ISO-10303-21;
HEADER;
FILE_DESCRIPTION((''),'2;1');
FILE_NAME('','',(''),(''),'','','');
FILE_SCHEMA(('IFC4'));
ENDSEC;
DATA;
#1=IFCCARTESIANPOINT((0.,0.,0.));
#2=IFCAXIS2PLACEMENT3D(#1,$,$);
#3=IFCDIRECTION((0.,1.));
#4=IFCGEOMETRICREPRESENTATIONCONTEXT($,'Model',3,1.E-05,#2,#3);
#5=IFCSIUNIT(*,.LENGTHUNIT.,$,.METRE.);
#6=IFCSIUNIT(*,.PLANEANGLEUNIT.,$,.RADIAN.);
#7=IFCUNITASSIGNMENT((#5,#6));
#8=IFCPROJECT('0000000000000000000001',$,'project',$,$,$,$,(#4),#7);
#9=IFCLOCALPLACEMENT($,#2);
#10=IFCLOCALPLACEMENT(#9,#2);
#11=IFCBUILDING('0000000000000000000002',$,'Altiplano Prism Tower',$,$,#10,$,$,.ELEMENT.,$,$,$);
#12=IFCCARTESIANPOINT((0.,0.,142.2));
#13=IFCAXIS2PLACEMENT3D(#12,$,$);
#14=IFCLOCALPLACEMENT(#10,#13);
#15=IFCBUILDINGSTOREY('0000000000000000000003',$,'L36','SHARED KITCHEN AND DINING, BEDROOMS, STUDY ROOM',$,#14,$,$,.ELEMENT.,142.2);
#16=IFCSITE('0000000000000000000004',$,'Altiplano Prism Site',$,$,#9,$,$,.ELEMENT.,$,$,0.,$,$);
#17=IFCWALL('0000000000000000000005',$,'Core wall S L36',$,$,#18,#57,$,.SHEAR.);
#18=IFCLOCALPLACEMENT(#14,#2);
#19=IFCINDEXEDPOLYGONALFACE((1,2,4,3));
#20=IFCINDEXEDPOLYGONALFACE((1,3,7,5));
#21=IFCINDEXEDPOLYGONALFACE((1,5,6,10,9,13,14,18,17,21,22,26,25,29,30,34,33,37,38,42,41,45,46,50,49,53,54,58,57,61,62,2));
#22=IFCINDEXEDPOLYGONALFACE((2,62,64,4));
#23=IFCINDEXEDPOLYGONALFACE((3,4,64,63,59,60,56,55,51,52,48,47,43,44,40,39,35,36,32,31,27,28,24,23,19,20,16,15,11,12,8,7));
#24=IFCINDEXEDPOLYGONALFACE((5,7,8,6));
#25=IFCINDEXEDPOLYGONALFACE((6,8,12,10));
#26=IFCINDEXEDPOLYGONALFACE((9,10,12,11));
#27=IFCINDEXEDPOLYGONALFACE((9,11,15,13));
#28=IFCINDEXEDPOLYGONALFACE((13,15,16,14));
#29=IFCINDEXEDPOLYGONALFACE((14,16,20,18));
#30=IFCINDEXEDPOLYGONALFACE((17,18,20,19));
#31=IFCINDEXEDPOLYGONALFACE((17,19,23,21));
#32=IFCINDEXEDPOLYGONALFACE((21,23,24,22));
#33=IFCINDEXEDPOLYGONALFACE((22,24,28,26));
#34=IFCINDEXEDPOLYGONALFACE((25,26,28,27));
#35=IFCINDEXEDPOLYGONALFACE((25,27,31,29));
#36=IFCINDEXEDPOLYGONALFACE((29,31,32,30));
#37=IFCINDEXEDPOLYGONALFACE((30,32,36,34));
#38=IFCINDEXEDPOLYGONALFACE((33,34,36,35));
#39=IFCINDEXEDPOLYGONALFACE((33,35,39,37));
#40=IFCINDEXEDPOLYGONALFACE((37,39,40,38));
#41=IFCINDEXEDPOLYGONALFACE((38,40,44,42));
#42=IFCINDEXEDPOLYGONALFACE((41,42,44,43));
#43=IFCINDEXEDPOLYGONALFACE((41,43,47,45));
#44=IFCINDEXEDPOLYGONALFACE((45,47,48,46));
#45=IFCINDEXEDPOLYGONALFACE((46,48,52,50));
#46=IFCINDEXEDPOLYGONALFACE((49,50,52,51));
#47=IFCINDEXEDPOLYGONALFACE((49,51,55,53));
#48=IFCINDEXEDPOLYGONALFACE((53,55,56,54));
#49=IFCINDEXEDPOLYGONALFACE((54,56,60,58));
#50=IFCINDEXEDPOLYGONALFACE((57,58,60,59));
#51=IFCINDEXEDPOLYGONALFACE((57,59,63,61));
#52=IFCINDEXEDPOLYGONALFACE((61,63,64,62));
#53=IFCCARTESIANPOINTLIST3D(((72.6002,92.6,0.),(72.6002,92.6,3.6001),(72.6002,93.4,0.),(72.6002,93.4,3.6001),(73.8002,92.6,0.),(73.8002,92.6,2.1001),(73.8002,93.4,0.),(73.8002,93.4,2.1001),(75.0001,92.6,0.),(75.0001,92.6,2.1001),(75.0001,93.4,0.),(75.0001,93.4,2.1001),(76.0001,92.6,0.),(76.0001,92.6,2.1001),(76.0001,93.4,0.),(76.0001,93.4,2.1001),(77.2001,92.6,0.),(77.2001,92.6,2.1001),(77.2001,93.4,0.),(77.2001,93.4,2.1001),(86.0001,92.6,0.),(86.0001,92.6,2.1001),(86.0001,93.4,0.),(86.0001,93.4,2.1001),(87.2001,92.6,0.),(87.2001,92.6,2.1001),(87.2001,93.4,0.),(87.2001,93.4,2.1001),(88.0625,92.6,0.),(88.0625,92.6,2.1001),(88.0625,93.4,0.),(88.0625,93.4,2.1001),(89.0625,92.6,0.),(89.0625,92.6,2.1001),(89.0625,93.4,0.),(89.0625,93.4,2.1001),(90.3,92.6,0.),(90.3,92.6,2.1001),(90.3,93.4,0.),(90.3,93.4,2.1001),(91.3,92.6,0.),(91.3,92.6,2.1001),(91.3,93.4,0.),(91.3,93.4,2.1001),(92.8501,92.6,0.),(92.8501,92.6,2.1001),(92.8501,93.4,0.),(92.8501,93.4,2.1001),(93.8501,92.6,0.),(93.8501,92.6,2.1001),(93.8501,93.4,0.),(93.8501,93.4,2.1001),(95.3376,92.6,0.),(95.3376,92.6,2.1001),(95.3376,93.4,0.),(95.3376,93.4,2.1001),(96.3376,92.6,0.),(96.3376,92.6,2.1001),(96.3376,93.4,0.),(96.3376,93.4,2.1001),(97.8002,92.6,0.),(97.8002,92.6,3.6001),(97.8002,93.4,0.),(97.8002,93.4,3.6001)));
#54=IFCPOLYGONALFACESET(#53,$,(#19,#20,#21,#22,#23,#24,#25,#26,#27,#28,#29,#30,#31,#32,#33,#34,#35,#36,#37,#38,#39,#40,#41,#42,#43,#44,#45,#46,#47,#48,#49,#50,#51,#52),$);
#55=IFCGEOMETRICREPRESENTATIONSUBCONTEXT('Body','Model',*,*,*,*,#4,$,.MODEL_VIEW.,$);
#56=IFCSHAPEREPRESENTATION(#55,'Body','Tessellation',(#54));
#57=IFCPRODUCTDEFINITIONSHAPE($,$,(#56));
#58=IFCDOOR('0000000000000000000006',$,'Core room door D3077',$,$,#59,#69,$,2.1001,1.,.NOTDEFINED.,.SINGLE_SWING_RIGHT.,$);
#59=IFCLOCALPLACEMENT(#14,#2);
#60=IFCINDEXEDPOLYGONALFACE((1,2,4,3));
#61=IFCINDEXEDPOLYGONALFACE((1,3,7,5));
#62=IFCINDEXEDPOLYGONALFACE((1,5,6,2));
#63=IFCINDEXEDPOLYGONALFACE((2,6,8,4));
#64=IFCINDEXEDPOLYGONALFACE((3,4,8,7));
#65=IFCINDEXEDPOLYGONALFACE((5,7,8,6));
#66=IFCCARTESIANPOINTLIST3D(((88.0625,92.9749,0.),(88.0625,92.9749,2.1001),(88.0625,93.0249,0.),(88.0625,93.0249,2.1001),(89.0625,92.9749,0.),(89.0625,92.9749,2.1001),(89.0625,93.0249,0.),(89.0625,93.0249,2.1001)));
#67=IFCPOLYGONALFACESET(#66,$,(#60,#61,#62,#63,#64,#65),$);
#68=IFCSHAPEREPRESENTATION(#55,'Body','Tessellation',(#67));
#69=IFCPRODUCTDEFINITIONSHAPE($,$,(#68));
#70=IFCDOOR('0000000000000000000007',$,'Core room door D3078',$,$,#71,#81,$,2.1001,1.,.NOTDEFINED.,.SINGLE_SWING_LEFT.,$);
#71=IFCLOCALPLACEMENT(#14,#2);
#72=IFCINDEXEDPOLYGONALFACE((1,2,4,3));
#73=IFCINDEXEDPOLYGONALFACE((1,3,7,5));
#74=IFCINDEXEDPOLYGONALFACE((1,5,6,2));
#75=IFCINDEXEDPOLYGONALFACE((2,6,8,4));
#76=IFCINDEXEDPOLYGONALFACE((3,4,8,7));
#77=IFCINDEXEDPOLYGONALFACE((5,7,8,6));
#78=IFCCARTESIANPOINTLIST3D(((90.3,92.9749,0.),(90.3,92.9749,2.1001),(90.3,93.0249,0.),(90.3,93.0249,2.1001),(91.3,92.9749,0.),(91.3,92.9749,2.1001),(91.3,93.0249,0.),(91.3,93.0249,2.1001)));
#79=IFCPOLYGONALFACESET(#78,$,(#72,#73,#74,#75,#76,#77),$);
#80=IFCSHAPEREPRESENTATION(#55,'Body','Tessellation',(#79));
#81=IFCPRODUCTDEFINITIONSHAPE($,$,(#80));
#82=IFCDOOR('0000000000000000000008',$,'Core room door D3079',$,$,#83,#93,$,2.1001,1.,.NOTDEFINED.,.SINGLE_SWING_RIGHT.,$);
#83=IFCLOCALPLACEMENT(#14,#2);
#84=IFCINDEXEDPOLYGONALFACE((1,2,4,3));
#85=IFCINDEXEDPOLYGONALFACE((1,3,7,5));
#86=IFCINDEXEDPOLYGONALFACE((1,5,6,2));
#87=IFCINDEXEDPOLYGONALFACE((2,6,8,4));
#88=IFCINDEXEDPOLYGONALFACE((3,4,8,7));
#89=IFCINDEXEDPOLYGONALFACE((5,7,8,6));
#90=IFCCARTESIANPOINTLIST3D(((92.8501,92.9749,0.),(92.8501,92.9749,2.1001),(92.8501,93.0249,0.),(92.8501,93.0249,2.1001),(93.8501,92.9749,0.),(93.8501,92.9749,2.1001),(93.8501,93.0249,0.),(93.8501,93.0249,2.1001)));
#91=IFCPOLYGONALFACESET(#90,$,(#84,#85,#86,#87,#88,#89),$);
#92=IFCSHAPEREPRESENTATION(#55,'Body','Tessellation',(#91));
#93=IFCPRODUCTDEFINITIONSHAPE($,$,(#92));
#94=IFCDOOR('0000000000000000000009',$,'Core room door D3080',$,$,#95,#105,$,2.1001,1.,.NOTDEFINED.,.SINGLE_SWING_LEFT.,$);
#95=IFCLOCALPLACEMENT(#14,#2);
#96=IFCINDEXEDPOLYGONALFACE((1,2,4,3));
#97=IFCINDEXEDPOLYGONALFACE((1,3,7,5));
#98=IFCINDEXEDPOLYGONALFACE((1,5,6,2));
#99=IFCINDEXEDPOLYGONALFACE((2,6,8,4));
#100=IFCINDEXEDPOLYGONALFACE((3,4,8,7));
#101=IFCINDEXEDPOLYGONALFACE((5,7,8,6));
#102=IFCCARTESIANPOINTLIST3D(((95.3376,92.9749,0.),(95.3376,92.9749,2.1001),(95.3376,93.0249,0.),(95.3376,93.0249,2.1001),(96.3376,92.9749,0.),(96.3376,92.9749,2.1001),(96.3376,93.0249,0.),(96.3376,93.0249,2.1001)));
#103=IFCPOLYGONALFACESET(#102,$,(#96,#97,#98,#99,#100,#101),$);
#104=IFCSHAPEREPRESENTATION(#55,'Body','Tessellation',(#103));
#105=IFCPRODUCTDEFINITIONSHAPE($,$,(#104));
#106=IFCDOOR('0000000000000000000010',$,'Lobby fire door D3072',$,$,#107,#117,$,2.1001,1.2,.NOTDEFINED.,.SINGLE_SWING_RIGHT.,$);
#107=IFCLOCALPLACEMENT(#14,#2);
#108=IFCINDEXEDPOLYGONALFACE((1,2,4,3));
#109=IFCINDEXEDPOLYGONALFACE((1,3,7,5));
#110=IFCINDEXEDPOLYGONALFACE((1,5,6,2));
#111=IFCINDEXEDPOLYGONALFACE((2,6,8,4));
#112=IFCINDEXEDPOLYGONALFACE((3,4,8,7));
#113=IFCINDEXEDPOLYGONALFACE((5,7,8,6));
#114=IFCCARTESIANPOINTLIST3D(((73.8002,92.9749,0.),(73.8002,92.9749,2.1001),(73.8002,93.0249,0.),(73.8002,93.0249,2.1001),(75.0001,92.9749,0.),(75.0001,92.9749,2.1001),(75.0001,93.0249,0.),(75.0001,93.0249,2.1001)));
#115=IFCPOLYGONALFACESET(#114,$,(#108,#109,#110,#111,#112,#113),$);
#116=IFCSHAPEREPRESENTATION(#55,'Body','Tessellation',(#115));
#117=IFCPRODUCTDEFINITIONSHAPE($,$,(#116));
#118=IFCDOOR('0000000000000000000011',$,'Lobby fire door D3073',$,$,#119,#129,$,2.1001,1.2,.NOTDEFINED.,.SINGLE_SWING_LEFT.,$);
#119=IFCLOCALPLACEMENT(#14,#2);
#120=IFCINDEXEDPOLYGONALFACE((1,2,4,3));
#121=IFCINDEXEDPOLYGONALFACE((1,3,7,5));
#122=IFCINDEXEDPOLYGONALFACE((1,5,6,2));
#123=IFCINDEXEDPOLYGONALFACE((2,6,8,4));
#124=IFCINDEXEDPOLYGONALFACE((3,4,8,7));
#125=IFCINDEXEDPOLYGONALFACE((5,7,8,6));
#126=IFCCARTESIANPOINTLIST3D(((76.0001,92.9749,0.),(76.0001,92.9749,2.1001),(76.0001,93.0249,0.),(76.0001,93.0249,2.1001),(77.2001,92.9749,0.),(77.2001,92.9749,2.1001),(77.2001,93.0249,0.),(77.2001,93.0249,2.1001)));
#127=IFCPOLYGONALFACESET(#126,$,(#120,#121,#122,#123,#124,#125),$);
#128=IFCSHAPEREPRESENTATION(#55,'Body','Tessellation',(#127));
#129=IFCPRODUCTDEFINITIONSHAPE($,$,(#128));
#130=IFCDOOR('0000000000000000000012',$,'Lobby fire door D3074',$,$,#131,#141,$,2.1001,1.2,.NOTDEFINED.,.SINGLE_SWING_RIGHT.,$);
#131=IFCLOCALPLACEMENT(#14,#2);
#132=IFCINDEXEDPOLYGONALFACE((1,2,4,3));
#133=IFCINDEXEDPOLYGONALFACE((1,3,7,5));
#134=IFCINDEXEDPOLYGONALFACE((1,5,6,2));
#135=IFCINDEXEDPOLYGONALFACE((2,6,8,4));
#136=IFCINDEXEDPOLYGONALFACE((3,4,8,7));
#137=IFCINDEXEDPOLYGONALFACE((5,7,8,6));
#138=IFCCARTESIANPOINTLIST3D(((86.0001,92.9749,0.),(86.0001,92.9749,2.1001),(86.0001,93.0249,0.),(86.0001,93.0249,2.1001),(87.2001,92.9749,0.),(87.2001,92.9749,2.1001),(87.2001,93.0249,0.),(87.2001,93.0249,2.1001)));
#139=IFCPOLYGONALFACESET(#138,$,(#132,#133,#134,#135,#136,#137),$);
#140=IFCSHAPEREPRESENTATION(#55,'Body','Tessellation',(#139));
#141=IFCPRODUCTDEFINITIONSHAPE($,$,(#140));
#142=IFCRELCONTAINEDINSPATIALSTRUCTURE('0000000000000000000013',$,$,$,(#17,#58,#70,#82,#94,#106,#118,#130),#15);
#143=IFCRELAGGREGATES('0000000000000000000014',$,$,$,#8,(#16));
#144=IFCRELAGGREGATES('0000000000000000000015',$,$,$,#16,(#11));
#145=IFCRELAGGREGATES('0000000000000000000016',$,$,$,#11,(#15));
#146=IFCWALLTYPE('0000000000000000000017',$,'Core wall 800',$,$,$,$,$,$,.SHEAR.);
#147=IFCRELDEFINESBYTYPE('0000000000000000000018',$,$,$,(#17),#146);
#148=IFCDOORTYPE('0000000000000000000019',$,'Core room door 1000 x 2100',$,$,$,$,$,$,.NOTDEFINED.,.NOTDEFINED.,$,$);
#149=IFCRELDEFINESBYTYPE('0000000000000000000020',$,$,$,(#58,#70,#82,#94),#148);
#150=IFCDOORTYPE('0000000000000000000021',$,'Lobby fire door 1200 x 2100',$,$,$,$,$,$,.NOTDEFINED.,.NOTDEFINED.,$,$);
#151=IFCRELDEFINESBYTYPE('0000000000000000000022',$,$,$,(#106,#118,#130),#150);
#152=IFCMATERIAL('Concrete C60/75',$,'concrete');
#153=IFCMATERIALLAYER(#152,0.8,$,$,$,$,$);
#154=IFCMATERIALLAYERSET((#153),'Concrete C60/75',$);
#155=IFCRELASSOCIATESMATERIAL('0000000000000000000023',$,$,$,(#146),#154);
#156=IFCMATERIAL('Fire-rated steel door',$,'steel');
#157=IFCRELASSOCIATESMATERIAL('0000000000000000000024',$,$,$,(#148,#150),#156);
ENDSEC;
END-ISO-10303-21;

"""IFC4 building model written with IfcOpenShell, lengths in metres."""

from ifc_helpers import new_model, si_unit, direction, frame, frame_2d, origin, place, context, subcontext, project, spatial, rectangle, extrude, material, layer, layer_set, type_object, element, fill, save


model = new_model("IFC4")

# Units and contexts
model_context = context("Model", 3, precision=1e-05, world=origin(), true_north=direction((0.0, 1.0)))
body_context = subcontext(model_context, "Body", "Model", "MODEL_VIEW")
ifc_project = project(units=[si_unit("LENGTHUNIT", "METRE"), si_unit("PLANEANGLEUNIT", "RADIAN")], contexts=[model_context])

# Site, building, storey
site_placement = place(None, origin())
site = spatial("IfcSite", under=ifc_project, at=site_placement, Name="Altiplano Prism Site", CompositionType="ELEMENT", RefElevation=0.0)
building_placement = place(site_placement, origin())
building = spatial("IfcBuilding", under=site, at=building_placement, Name="Altiplano Prism Tower", CompositionType="ELEMENT")
storey_placement = place(building_placement, frame((0.0, 0.0, 142.2)))
storey = spatial("IfcBuildingStorey", under=building, at=storey_placement, Name="L36", Description="SHARED KITCHEN AND DINING, BEDROOMS, STUDY ROOM", CompositionType="ELEMENT", Elevation=142.2)

# Shared definitions
ifc_material_1 = material(Name="Concrete C60/75", Category="concrete")

# Wall, openings, doors
ifc_layer_1 = layer(ifc_material_1, 0.8)
ifc_layer_set_1 = layer_set([ifc_layer_1], Name="Concrete C60/75")
wall_type_1 = type_object("IfcWallType", Name="Core wall 800", PredefinedType="SHEAR", material=ifc_layer_set_1)
wall_1_placement = place(storey_placement, frame((72.6001, 93.0, 0.0), z_axis=(0.0, 0.0, 1.0), x_axis=(1.0, 0.0, 0.0)))
wall_1 = element("IfcWall", 1, at=wall_1_placement, inside=storey, type_object=wall_type_1, Name="Core wall S L36", PredefinedType="SHEAR", context=body_context, shape_type="SweptSolid", body=[
    extrude(rectangle(XDim=25.2, YDim=0.8, at=frame_2d((12.6001, 0.0))), origin(), (0.0, 0.0, 1.0), 3.6001),
])
opening_1_placement = place(wall_1_placement, frame((1.2, 0.0, 0.0)))
opening_1 = element("IfcOpeningElement", 2, at=opening_1_placement, cuts=wall_1, PredefinedType="OPENING", context=body_context, shape_type="SweptSolid", body=[
    extrude(rectangle(XDim=1.2, YDim=2.1001, at=frame_2d((0.6001, 1.05))), frame((0.0, 0.4106, 0.0), z_axis=(0.0, -1.0, 0.0), x_axis=(1.0, 0.0, 0.0)), (0.0, 0.0, 1.0), 0.821),
])
opening_2_placement = place(wall_1_placement, frame((3.3999, 0.0, 0.0)))
opening_2 = element("IfcOpeningElement", 3, at=opening_2_placement, cuts=wall_1, PredefinedType="OPENING", context=body_context, shape_type="SweptSolid", body=[
    extrude(rectangle(XDim=1.2, YDim=2.1001, at=frame_2d((0.6001, 1.05))), frame((0.0, 0.4106, 0.0), z_axis=(0.0, -1.0, 0.0), x_axis=(1.0, 0.0, 0.0)), (0.0, 0.0, 1.0), 0.821),
])
opening_3_placement = place(wall_1_placement, frame((13.3999, 0.0, 0.0)))
opening_3 = element("IfcOpeningElement", 4, at=opening_3_placement, cuts=wall_1, PredefinedType="OPENING", context=body_context, shape_type="SweptSolid", body=[
    extrude(rectangle(XDim=1.2, YDim=2.1001, at=frame_2d((0.6001, 1.05))), frame((0.0, 0.4106, 0.0), z_axis=(0.0, -1.0, 0.0), x_axis=(1.0, 0.0, 0.0)), (0.0, 0.0, 1.0), 0.821),
])
opening_4_placement = place(wall_1_placement, frame((15.4624, 0.0, 0.0)))
opening_4 = element("IfcOpeningElement", 5, at=opening_4_placement, cuts=wall_1, PredefinedType="OPENING", context=body_context, shape_type="SweptSolid", body=[
    extrude(rectangle(XDim=1.0, YDim=2.1001, at=frame_2d((0.5, 1.05))), frame((0.0, 0.4106, 0.0), z_axis=(0.0, -1.0, 0.0), x_axis=(1.0, 0.0, 0.0)), (0.0, 0.0, 1.0), 0.821),
])
opening_5_placement = place(wall_1_placement, frame((17.7, 0.0, 0.0)))
opening_5 = element("IfcOpeningElement", 6, at=opening_5_placement, cuts=wall_1, PredefinedType="OPENING", context=body_context, shape_type="SweptSolid", body=[
    extrude(rectangle(XDim=1.0, YDim=2.1001, at=frame_2d((0.5, 1.05))), frame((0.0, 0.4106, 0.0), z_axis=(0.0, -1.0, 0.0), x_axis=(1.0, 0.0, 0.0)), (0.0, 0.0, 1.0), 0.821),
])
opening_6_placement = place(wall_1_placement, frame((20.25, 0.0, 0.0)))
opening_6 = element("IfcOpeningElement", 7, at=opening_6_placement, cuts=wall_1, PredefinedType="OPENING", context=body_context, shape_type="SweptSolid", body=[
    extrude(rectangle(XDim=1.0, YDim=2.1001, at=frame_2d((0.5, 1.05))), frame((0.0, 0.4106, 0.0), z_axis=(0.0, -1.0, 0.0), x_axis=(1.0, 0.0, 0.0)), (0.0, 0.0, 1.0), 0.821),
])
opening_7_placement = place(wall_1_placement, frame((22.7375, 0.0, 0.0)))
opening_7 = element("IfcOpeningElement", 8, at=opening_7_placement, cuts=wall_1, PredefinedType="OPENING", context=body_context, shape_type="SweptSolid", body=[
    extrude(rectangle(XDim=1.0, YDim=2.1001, at=frame_2d((0.5, 1.05))), frame((0.0, 0.4106, 0.0), z_axis=(0.0, -1.0, 0.0), x_axis=(1.0, 0.0, 0.0)), (0.0, 0.0, 1.0), 0.821),
])
ifc_material_2 = material(Name="Fire-rated steel door", Category="steel")
door_type_1 = type_object("IfcDoorType", Name="Core room door 1000 x 2100", OperationType="NOTDEFINED", PredefinedType="NOTDEFINED", material=ifc_material_2)
door_1_placement = place(opening_4_placement, origin())
door_1 = element("IfcDoor", 9, at=door_1_placement, inside=storey, type_object=door_type_1, Name="Core room door D3077", OperationType="SINGLE_SWING_RIGHT", OverallHeight=2.1001, OverallWidth=1.0, PredefinedType="NOTDEFINED", context=body_context, shape_type="SweptSolid", body=[
    extrude(rectangle(XDim=1.0, YDim=2.1001, at=frame_2d((0.5, 1.05))), frame((0.0, 0.0249, 0.0), z_axis=(0.0, -1.0, 0.0), x_axis=(1.0, 0.0, 0.0)), (0.0, 0.0, 1.0), 0.05),
])
fill(opening_4, door_1)
door_2_placement = place(opening_5_placement, origin())
door_2 = element("IfcDoor", 10, at=door_2_placement, inside=storey, type_object=door_type_1, Name="Core room door D3078", OperationType="SINGLE_SWING_LEFT", OverallHeight=2.1001, OverallWidth=1.0, PredefinedType="NOTDEFINED", context=body_context, shape_type="SweptSolid", body=[
    extrude(rectangle(XDim=1.0, YDim=2.1001, at=frame_2d((0.5, 1.05))), frame((0.0, 0.0249, 0.0), z_axis=(0.0, -1.0, 0.0), x_axis=(1.0, 0.0, 0.0)), (0.0, 0.0, 1.0), 0.05),
])
fill(opening_5, door_2)
door_3_placement = place(opening_6_placement, origin())
door_3 = element("IfcDoor", 11, at=door_3_placement, inside=storey, type_object=door_type_1, Name="Core room door D3079", OperationType="SINGLE_SWING_RIGHT", OverallHeight=2.1001, OverallWidth=1.0, PredefinedType="NOTDEFINED", context=body_context, shape_type="SweptSolid", body=[
    extrude(rectangle(XDim=1.0, YDim=2.1001, at=frame_2d((0.5, 1.05))), frame((0.0, 0.0249, 0.0), z_axis=(0.0, -1.0, 0.0), x_axis=(1.0, 0.0, 0.0)), (0.0, 0.0, 1.0), 0.05),
])
fill(opening_6, door_3)
door_4_placement = place(opening_7_placement, origin())
door_4 = element("IfcDoor", 12, at=door_4_placement, inside=storey, type_object=door_type_1, Name="Core room door D3080", OperationType="SINGLE_SWING_LEFT", OverallHeight=2.1001, OverallWidth=1.0, PredefinedType="NOTDEFINED", context=body_context, shape_type="SweptSolid", body=[
    extrude(rectangle(XDim=1.0, YDim=2.1001, at=frame_2d((0.5, 1.05))), frame((0.0, 0.0249, 0.0), z_axis=(0.0, -1.0, 0.0), x_axis=(1.0, 0.0, 0.0)), (0.0, 0.0, 1.0), 0.05),
])
fill(opening_7, door_4)
door_type_2 = type_object("IfcDoorType", Name="Lobby fire door 1200 x 2100", OperationType="NOTDEFINED", PredefinedType="NOTDEFINED", material=ifc_material_2)
door_5_placement = place(opening_1_placement, origin())
door_5 = element("IfcDoor", 13, at=door_5_placement, inside=storey, type_object=door_type_2, Name="Lobby fire door D3072", OperationType="SINGLE_SWING_RIGHT", OverallHeight=2.1001, OverallWidth=1.2, PredefinedType="NOTDEFINED", context=body_context, shape_type="SweptSolid", body=[
    extrude(rectangle(XDim=1.2, YDim=2.1001, at=frame_2d((0.6001, 1.05))), frame((0.0, 0.0249, 0.0), z_axis=(0.0, -1.0, 0.0), x_axis=(1.0, 0.0, 0.0)), (0.0, 0.0, 1.0), 0.05),
])
fill(opening_1, door_5)
door_6_placement = place(opening_2_placement, origin())
door_6 = element("IfcDoor", 14, at=door_6_placement, inside=storey, type_object=door_type_2, Name="Lobby fire door D3073", OperationType="SINGLE_SWING_LEFT", OverallHeight=2.1001, OverallWidth=1.2, PredefinedType="NOTDEFINED", context=body_context, shape_type="SweptSolid", body=[
    extrude(rectangle(XDim=1.2, YDim=2.1001, at=frame_2d((0.6001, 1.05))), frame((0.0, 0.0249, 0.0), z_axis=(0.0, -1.0, 0.0), x_axis=(1.0, 0.0, 0.0)), (0.0, 0.0, 1.0), 0.05),
])
fill(opening_2, door_6)
door_7_placement = place(opening_3_placement, origin())
door_7 = element("IfcDoor", 15, at=door_7_placement, inside=storey, type_object=door_type_2, Name="Lobby fire door D3074", OperationType="SINGLE_SWING_RIGHT", OverallHeight=2.1001, OverallWidth=1.2, PredefinedType="NOTDEFINED", context=body_context, shape_type="SweptSolid", body=[
    extrude(rectangle(XDim=1.2, YDim=2.1001, at=frame_2d((0.6001, 1.05))), frame((0.0, 0.0249, 0.0), z_axis=(0.0, -1.0, 0.0), x_axis=(1.0, 0.0, 0.0)), (0.0, 0.0, 1.0), 0.05),
])
fill(opening_3, door_7)

save(model, "model.ifc")
